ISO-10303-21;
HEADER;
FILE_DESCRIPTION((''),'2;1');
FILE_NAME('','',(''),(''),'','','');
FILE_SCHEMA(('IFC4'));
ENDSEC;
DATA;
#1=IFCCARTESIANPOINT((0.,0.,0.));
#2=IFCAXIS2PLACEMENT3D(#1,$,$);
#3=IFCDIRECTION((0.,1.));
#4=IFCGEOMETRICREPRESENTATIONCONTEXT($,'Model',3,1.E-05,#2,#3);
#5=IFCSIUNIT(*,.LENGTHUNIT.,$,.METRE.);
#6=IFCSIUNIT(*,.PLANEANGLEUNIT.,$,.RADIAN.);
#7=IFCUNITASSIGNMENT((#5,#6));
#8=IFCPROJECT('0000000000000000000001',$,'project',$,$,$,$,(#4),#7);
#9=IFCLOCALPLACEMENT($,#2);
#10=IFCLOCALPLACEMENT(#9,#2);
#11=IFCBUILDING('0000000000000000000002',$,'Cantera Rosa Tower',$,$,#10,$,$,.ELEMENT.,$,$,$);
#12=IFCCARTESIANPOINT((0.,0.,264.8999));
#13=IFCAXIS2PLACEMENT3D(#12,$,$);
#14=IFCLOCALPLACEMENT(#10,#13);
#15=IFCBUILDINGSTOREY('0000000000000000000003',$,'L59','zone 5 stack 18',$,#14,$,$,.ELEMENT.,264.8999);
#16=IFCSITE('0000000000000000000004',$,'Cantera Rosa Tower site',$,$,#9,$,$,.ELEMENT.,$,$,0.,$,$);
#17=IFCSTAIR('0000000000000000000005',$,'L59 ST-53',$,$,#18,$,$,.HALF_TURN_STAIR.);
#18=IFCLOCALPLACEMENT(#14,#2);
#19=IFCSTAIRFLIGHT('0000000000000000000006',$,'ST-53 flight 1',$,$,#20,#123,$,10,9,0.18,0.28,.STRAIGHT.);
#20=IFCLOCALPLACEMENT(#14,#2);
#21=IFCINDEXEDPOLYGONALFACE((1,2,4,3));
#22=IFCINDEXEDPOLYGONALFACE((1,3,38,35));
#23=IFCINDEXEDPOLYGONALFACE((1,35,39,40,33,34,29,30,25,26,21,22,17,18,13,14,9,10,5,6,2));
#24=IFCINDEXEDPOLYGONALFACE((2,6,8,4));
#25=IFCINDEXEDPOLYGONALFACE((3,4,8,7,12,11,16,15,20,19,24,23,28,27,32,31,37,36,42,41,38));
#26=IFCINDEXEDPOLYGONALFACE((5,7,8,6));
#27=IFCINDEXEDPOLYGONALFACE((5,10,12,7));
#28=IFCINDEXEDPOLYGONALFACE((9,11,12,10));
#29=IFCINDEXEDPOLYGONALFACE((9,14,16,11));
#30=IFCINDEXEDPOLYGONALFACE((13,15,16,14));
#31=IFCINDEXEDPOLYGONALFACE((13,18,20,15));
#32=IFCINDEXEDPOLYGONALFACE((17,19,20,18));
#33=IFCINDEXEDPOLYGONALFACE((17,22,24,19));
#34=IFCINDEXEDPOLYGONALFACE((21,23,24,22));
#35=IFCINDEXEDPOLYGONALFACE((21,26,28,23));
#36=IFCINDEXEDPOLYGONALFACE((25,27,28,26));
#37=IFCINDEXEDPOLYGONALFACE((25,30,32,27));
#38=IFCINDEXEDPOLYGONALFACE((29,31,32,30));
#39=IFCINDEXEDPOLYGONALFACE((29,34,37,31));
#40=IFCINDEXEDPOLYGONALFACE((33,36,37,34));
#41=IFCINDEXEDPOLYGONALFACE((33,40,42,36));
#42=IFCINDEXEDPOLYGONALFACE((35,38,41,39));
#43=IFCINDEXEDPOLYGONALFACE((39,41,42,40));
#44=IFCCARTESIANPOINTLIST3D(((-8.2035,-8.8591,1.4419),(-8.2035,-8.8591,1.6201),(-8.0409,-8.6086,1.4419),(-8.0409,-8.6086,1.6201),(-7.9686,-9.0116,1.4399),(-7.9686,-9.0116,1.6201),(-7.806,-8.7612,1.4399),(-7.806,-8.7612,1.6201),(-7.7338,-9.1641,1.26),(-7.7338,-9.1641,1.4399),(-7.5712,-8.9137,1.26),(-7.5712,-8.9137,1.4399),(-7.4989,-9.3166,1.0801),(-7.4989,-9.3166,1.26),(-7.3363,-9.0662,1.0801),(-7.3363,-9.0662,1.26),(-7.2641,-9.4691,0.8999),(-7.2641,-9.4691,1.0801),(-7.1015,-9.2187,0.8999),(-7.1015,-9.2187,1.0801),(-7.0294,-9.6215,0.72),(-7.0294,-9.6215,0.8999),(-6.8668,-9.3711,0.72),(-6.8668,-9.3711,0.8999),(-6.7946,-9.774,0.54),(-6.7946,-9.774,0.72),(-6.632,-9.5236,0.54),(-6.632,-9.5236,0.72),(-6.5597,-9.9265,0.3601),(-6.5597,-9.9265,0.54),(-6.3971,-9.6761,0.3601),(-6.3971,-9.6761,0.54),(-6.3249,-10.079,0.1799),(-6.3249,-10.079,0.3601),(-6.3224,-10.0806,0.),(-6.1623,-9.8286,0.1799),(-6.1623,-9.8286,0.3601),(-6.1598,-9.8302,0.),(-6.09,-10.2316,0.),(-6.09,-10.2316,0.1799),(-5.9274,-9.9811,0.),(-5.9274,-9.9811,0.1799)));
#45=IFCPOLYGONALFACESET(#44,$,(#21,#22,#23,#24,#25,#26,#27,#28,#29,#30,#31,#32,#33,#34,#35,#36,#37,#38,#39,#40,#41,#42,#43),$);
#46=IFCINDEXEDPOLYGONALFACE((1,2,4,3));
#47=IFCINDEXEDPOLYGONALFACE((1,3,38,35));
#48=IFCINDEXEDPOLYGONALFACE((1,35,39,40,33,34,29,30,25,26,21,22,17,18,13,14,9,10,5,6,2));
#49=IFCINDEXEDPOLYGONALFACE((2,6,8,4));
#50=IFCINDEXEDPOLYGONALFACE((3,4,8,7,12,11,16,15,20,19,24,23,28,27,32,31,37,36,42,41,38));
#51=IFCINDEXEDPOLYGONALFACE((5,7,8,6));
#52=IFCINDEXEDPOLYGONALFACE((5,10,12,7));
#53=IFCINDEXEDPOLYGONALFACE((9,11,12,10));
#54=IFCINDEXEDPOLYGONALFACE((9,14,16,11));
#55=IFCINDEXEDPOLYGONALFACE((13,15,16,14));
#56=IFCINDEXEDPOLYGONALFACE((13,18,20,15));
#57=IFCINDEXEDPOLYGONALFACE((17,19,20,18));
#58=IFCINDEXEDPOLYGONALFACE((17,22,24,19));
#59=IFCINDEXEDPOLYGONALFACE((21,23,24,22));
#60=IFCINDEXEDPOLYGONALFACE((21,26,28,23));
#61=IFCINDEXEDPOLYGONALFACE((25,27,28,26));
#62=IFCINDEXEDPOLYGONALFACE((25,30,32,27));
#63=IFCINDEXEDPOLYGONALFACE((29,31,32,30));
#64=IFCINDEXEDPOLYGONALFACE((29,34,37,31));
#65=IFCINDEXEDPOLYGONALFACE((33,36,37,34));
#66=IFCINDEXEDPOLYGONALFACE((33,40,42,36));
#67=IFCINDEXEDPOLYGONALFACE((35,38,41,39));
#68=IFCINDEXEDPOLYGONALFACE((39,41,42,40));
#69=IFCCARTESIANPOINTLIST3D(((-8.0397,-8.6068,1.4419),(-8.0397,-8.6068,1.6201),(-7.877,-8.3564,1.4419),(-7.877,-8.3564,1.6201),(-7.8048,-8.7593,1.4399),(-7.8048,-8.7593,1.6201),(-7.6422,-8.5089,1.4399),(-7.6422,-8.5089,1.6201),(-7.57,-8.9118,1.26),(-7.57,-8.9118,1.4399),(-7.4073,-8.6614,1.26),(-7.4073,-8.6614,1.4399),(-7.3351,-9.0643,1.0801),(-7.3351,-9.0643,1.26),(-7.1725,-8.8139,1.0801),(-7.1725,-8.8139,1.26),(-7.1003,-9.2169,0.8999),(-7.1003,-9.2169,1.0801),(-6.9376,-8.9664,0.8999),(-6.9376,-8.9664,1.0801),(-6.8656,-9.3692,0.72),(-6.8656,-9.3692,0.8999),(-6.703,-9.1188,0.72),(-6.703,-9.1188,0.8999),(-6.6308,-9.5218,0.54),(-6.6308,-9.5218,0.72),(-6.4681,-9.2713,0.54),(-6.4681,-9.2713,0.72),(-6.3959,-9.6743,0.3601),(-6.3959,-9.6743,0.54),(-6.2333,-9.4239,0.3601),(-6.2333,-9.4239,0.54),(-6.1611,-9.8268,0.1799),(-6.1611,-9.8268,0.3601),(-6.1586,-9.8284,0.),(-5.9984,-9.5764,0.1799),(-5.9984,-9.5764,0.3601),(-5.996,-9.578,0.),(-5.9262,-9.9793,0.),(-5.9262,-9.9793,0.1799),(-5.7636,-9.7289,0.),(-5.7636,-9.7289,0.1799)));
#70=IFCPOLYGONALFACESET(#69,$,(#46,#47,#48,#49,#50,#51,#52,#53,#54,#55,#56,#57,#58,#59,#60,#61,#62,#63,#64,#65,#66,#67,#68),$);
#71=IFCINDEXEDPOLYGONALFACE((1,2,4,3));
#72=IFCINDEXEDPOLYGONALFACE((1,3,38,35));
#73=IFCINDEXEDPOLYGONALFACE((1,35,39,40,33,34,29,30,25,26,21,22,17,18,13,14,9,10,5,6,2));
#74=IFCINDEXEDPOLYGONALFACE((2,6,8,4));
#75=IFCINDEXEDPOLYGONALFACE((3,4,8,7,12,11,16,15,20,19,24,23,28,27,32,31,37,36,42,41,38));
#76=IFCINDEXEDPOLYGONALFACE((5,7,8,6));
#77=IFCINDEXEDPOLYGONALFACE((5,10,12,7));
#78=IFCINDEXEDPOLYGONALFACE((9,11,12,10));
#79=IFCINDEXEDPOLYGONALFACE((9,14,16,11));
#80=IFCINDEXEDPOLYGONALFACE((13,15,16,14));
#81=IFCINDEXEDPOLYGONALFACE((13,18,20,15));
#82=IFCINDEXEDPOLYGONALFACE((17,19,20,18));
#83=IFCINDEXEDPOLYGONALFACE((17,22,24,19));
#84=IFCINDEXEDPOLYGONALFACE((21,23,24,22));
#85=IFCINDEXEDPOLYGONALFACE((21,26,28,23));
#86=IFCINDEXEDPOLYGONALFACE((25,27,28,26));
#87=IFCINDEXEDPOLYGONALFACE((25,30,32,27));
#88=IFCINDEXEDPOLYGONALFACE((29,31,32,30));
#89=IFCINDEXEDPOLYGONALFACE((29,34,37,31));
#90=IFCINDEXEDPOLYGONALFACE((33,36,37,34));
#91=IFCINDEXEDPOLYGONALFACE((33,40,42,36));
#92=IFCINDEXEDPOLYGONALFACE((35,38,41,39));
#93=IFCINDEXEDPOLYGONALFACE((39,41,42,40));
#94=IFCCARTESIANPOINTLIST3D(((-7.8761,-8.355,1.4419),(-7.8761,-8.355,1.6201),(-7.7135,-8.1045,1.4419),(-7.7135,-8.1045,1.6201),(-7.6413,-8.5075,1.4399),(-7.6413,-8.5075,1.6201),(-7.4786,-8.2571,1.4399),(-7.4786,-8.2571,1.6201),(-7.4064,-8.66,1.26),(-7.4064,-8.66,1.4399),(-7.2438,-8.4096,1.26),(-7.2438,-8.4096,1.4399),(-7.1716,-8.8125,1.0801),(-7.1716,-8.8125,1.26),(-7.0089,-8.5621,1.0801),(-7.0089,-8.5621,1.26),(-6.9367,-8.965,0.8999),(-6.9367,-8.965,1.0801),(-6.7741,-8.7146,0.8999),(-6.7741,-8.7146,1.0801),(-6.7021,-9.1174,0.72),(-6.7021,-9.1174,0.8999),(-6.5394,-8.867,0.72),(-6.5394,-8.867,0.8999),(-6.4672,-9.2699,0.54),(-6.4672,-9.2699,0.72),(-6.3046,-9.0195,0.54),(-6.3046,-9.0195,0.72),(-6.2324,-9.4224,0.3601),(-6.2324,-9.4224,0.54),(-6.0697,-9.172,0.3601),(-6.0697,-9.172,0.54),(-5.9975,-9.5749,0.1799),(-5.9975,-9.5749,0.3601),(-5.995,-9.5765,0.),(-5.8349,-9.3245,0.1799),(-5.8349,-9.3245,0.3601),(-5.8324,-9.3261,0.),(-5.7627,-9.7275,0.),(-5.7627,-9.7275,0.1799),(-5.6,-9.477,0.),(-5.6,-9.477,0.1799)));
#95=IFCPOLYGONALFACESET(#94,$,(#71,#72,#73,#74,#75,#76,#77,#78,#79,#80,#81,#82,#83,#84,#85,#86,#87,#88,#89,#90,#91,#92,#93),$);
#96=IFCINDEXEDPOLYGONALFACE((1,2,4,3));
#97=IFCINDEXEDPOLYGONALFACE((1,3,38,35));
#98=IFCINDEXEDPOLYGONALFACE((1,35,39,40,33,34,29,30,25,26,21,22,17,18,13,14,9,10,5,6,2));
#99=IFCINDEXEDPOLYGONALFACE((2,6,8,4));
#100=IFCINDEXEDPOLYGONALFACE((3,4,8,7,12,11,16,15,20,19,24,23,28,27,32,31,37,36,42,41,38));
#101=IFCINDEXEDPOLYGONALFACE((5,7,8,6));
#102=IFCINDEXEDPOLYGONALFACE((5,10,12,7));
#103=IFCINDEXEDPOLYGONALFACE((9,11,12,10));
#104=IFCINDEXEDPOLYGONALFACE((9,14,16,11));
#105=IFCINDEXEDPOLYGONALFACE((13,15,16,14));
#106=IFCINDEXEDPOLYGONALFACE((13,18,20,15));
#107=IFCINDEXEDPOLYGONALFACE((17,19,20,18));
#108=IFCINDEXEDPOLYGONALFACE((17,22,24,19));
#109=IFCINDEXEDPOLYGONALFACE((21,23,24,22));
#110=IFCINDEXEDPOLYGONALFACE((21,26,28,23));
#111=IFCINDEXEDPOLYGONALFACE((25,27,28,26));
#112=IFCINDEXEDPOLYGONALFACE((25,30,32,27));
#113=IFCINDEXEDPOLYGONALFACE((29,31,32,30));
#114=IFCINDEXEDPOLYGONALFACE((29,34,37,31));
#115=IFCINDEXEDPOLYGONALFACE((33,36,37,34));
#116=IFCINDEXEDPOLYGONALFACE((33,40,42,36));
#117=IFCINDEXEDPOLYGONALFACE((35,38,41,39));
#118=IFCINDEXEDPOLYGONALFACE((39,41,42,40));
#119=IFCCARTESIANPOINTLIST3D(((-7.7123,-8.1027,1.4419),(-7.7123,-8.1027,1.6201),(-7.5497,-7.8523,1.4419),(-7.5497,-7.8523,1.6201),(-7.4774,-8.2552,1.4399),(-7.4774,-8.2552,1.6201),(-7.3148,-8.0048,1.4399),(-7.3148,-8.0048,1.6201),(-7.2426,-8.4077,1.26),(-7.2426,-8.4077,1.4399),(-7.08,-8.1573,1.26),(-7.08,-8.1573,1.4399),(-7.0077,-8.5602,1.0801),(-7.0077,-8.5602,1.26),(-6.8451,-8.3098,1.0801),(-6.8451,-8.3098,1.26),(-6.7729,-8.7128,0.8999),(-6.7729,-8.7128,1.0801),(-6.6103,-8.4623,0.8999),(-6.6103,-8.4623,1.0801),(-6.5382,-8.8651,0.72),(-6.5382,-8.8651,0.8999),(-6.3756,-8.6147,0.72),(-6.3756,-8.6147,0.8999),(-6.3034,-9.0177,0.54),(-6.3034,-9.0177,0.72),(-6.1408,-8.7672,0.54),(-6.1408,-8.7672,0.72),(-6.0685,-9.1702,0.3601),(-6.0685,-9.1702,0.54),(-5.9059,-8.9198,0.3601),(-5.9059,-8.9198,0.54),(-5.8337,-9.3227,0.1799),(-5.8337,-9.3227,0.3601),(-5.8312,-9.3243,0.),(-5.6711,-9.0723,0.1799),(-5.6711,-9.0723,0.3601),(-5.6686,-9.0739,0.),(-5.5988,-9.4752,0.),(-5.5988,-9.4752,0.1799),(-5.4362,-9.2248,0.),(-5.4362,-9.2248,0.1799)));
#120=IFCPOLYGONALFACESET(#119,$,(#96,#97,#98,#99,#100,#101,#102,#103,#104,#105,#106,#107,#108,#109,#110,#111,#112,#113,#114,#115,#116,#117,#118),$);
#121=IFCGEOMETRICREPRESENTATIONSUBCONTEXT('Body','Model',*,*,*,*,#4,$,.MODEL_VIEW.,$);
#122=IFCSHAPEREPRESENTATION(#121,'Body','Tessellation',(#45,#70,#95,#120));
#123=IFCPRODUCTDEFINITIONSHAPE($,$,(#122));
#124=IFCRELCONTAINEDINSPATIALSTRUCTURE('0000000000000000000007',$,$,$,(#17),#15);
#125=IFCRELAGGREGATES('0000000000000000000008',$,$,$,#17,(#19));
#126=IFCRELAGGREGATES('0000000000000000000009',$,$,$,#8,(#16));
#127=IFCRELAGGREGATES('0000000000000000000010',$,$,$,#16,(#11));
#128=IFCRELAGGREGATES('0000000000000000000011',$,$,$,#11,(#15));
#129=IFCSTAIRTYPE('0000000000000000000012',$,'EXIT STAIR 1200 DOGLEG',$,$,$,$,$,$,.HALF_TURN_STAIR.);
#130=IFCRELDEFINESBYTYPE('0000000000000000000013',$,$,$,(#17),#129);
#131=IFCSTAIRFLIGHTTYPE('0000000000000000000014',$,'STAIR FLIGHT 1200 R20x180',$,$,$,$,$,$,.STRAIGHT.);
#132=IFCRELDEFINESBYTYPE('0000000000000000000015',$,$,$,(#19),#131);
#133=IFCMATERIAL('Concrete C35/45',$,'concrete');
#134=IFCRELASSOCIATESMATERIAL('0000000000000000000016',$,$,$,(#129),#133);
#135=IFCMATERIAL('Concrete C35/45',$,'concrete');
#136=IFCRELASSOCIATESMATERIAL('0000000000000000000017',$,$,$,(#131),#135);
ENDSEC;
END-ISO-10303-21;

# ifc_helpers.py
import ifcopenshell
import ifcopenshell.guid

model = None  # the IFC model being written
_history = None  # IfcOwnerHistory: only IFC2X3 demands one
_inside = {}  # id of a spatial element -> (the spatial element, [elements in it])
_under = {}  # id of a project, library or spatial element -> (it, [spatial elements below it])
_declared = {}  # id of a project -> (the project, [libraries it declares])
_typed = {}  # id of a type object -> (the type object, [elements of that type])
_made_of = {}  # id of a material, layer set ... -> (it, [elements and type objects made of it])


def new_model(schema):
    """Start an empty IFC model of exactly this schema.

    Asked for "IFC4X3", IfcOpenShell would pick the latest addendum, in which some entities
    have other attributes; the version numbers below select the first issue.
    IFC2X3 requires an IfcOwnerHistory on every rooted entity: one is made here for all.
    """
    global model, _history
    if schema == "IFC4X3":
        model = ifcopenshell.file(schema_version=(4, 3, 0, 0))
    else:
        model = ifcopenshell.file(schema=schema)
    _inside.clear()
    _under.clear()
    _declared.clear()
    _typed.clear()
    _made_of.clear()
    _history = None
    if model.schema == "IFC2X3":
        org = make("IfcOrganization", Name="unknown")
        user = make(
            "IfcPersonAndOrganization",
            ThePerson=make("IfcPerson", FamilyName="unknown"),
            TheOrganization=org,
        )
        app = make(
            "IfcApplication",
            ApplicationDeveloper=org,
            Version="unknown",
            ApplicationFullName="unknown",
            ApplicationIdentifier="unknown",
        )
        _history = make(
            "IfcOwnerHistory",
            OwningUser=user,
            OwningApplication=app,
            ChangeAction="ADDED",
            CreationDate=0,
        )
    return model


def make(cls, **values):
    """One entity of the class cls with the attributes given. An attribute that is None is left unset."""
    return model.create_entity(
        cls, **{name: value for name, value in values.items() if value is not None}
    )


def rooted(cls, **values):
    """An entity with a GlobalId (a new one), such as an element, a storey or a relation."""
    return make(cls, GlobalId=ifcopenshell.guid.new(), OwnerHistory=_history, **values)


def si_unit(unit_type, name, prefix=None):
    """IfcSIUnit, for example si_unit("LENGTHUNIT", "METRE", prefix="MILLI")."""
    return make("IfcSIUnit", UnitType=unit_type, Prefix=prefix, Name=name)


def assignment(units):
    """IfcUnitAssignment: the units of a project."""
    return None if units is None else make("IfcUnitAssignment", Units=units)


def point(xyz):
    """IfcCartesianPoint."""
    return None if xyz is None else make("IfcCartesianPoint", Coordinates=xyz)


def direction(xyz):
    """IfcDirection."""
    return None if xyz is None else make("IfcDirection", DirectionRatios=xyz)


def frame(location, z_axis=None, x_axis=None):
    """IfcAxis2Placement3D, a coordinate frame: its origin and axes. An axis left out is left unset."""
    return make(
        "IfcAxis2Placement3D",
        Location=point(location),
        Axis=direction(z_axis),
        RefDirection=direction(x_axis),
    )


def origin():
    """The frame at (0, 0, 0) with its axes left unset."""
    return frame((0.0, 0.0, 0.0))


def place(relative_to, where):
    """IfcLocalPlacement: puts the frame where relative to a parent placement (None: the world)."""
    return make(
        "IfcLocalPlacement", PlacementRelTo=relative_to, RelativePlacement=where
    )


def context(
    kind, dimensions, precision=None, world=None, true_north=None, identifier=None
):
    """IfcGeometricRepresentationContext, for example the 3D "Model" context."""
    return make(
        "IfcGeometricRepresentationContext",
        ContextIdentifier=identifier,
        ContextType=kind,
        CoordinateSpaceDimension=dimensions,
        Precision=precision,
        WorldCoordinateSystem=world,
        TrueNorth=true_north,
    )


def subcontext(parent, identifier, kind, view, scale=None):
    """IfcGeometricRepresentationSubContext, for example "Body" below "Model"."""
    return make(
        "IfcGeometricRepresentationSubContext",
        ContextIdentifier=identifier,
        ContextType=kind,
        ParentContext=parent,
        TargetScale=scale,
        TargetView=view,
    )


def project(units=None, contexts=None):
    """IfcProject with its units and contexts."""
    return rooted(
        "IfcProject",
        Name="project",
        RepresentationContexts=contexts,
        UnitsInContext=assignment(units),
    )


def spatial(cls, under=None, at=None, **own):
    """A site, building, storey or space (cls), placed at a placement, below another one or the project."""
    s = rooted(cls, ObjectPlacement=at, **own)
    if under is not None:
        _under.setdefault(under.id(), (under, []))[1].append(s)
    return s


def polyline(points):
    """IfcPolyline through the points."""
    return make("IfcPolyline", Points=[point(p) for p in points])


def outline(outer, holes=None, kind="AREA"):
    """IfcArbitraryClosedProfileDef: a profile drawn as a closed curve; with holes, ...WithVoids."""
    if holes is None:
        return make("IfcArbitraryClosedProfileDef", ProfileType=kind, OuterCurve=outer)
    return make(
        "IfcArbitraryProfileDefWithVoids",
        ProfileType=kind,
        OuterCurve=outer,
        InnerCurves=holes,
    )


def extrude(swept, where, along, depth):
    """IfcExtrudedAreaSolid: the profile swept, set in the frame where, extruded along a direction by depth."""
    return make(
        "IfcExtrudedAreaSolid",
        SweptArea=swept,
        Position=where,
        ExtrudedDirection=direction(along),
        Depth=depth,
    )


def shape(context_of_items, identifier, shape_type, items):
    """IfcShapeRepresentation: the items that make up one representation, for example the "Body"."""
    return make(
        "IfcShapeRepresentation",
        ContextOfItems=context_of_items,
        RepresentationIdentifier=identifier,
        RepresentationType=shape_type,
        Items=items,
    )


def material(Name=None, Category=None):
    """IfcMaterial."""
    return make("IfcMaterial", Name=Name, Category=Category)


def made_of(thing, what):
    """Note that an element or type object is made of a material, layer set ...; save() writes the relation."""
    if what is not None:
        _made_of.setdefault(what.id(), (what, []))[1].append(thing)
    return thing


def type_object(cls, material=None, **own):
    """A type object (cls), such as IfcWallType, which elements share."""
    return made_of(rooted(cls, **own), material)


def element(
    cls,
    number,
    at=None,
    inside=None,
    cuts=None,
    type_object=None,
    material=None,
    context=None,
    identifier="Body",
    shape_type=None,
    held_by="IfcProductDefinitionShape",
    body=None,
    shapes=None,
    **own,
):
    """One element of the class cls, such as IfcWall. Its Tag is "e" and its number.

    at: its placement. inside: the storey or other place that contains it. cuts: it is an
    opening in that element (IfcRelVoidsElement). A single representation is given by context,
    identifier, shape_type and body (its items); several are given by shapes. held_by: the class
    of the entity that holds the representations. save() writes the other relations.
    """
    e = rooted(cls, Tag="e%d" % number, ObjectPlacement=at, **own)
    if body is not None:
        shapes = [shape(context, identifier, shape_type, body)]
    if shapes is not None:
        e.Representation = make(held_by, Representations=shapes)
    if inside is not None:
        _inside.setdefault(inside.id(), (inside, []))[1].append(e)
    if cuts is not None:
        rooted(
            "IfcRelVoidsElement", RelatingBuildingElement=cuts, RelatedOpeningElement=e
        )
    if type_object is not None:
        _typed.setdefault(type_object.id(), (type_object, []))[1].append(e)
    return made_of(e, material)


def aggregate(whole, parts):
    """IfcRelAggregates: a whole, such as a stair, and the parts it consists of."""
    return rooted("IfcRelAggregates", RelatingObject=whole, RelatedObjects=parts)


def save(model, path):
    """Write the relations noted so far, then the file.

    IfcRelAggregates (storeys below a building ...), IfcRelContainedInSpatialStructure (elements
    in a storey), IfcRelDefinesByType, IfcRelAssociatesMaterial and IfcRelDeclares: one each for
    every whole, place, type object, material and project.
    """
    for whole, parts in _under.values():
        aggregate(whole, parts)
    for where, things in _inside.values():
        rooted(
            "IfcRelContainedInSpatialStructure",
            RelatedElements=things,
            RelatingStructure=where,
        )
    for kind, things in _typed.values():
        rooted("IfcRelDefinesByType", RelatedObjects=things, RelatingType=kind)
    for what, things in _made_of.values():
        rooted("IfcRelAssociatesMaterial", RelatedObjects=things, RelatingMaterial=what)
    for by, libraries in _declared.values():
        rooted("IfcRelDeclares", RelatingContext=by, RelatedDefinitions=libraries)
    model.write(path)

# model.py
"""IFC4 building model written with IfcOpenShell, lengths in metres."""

from ifc_helpers import new_model, si_unit, direction, frame, origin, place, context, subcontext, project, spatial, polyline, outline, extrude, material, type_object, element, aggregate, save


model = new_model("IFC4")

# Units and contexts
model_context = context("Model", 3, precision=1e-05, world=origin(), true_north=direction((0.0, 1.0)))
body_context = subcontext(model_context, "Body", "Model", "MODEL_VIEW")
ifc_project = project(units=[si_unit("LENGTHUNIT", "METRE"), si_unit("PLANEANGLEUNIT", "RADIAN")], contexts=[model_context])

# Site, building, storey
site_placement = place(None, origin())
site = spatial("IfcSite", under=ifc_project, at=site_placement, Name="Cantera Rosa Tower site", CompositionType="ELEMENT", RefElevation=0.0)
building_placement = place(site_placement, origin())
building = spatial("IfcBuilding", under=site, at=building_placement, Name="Cantera Rosa Tower", CompositionType="ELEMENT")
storey_placement = place(building_placement, frame((0.0, 0.0, 264.8999)))
storey = spatial("IfcBuildingStorey", under=building, at=storey_placement, Name="L59", Description="zone 5 stack 18", CompositionType="ELEMENT", Elevation=264.8999)

# Stair, stair flight
ifc_material_1 = material(Name="Concrete C35/45", Category="concrete")
stair_type_1 = type_object("IfcStairType", Name="EXIT STAIR 1200 DOGLEG", PredefinedType="HALF_TURN_STAIR", material=ifc_material_1)
stair_1_placement = place(storey_placement, origin())
stair_1 = element("IfcStair", 1, at=stair_1_placement, inside=storey, type_object=stair_type_1, Name="L59 ST-53", PredefinedType="HALF_TURN_STAIR")
ifc_material_2 = material(Name="Concrete C35/45", Category="concrete")
stair_flight_type_1 = type_object("IfcStairFlightType", Name="STAIR FLIGHT 1200 R20x180", PredefinedType="STRAIGHT", material=ifc_material_2)
stair_flight_1_placement = place(storey_placement, frame((-5.7632, -9.7283, 0.0), z_axis=(0.0, 0.0, 1.0), x_axis=(-0.838671, 0.544639, 0.0)))
stair_flight_1 = element("IfcStairFlight", 2, at=stair_flight_1_placement, type_object=stair_flight_type_1, Name="ST-53 flight 1", NumberOfRisers=10, NumberOfTreads=9, PredefinedType="STRAIGHT", RiserHeight=0.18, TreadLength=0.28, context=body_context, shape_type="SweptSolid", body=[
    extrude(outline(polyline([(0.0, 0.0), (0.0, 0.1799), (0.28, 0.1799), (0.28, 0.3601), (0.5601, 0.3601), (0.5601, 0.54), (0.8401, 0.54), (0.8401, 0.72), (1.1201, 0.72), (1.1201, 0.8999), (1.3999, 0.8999), (1.3999, 1.0801), (1.6799, 1.0801), (1.6799, 1.26), (1.96, 1.26), (1.96, 1.4399), (2.24, 1.4399), (2.24, 1.6201), (2.52, 1.6201), (2.52, 1.8), (2.52, 1.4419), (0.2771, 0.0), (0.0, 0.0)])), frame((0.0, 0.6001, 0.0), z_axis=(0.0, -1.0, 0.0), x_axis=(1.0, 0.0, 0.0)), (0.0, 0.0, 1.0), 0.2986),
    extrude(outline(polyline([(0.0, 0.0), (0.0, 0.1799), (0.28, 0.1799), (0.28, 0.3601), (0.5601, 0.3601), (0.5601, 0.54), (0.8401, 0.54), (0.8401, 0.72), (1.1201, 0.72), (1.1201, 0.8999), (1.3999, 0.8999), (1.3999, 1.0801), (1.6799, 1.0801), (1.6799, 1.26), (1.96, 1.26), (1.96, 1.4399), (2.24, 1.4399), (2.24, 1.6201), (2.52, 1.6201), (2.52, 1.8), (2.52, 1.4419), (0.2771, 0.0), (0.0, 0.0)])), frame((0.0, 0.2993, 0.0), z_axis=(0.0, -1.0, 0.0), x_axis=(1.0, 0.0, 0.0)), (0.0, 0.0, 1.0), 0.2986),
    extrude(outline(polyline([(0.0, 0.0), (0.0, 0.1799), (0.28, 0.1799), (0.28, 0.3601), (0.5601, 0.3601), (0.5601, 0.54), (0.8401, 0.54), (0.8401, 0.72), (1.1201, 0.72), (1.1201, 0.8999), (1.3999, 0.8999), (1.3999, 1.0801), (1.6799, 1.0801), (1.6799, 1.26), (1.96, 1.26), (1.96, 1.4399), (2.24, 1.4399), (2.24, 1.6201), (2.52, 1.6201), (2.52, 1.8), (2.52, 1.4419), (0.2771, 0.0), (0.0, 0.0)])), frame((0.0, -0.001, 0.0), z_axis=(0.0, -1.0, 0.0), x_axis=(1.0, 0.0, 0.0)), (0.0, 0.0, 1.0), 0.2986),
    extrude(outline(polyline([(0.0, 0.0), (0.0, 0.1799), (0.28, 0.1799), (0.28, 0.3601), (0.5601, 0.3601), (0.5601, 0.54), (0.8401, 0.54), (0.8401, 0.72), (1.1201, 0.72), (1.1201, 0.8999), (1.3999, 0.8999), (1.3999, 1.0801), (1.6799, 1.0801), (1.6799, 1.26), (1.96, 1.26), (1.96, 1.4399), (2.24, 1.4399), (2.24, 1.6201), (2.52, 1.6201), (2.52, 1.8), (2.52, 1.4419), (0.2771, 0.0), (0.0, 0.0)])), frame((0.0, -0.3018, 0.0), z_axis=(0.0, -1.0, 0.0), x_axis=(1.0, 0.0, 0.0)), (0.0, 0.0, 1.0), 0.2986),
])
aggregate(stair_1, [stair_flight_1])

save(model, "model.ifc")
